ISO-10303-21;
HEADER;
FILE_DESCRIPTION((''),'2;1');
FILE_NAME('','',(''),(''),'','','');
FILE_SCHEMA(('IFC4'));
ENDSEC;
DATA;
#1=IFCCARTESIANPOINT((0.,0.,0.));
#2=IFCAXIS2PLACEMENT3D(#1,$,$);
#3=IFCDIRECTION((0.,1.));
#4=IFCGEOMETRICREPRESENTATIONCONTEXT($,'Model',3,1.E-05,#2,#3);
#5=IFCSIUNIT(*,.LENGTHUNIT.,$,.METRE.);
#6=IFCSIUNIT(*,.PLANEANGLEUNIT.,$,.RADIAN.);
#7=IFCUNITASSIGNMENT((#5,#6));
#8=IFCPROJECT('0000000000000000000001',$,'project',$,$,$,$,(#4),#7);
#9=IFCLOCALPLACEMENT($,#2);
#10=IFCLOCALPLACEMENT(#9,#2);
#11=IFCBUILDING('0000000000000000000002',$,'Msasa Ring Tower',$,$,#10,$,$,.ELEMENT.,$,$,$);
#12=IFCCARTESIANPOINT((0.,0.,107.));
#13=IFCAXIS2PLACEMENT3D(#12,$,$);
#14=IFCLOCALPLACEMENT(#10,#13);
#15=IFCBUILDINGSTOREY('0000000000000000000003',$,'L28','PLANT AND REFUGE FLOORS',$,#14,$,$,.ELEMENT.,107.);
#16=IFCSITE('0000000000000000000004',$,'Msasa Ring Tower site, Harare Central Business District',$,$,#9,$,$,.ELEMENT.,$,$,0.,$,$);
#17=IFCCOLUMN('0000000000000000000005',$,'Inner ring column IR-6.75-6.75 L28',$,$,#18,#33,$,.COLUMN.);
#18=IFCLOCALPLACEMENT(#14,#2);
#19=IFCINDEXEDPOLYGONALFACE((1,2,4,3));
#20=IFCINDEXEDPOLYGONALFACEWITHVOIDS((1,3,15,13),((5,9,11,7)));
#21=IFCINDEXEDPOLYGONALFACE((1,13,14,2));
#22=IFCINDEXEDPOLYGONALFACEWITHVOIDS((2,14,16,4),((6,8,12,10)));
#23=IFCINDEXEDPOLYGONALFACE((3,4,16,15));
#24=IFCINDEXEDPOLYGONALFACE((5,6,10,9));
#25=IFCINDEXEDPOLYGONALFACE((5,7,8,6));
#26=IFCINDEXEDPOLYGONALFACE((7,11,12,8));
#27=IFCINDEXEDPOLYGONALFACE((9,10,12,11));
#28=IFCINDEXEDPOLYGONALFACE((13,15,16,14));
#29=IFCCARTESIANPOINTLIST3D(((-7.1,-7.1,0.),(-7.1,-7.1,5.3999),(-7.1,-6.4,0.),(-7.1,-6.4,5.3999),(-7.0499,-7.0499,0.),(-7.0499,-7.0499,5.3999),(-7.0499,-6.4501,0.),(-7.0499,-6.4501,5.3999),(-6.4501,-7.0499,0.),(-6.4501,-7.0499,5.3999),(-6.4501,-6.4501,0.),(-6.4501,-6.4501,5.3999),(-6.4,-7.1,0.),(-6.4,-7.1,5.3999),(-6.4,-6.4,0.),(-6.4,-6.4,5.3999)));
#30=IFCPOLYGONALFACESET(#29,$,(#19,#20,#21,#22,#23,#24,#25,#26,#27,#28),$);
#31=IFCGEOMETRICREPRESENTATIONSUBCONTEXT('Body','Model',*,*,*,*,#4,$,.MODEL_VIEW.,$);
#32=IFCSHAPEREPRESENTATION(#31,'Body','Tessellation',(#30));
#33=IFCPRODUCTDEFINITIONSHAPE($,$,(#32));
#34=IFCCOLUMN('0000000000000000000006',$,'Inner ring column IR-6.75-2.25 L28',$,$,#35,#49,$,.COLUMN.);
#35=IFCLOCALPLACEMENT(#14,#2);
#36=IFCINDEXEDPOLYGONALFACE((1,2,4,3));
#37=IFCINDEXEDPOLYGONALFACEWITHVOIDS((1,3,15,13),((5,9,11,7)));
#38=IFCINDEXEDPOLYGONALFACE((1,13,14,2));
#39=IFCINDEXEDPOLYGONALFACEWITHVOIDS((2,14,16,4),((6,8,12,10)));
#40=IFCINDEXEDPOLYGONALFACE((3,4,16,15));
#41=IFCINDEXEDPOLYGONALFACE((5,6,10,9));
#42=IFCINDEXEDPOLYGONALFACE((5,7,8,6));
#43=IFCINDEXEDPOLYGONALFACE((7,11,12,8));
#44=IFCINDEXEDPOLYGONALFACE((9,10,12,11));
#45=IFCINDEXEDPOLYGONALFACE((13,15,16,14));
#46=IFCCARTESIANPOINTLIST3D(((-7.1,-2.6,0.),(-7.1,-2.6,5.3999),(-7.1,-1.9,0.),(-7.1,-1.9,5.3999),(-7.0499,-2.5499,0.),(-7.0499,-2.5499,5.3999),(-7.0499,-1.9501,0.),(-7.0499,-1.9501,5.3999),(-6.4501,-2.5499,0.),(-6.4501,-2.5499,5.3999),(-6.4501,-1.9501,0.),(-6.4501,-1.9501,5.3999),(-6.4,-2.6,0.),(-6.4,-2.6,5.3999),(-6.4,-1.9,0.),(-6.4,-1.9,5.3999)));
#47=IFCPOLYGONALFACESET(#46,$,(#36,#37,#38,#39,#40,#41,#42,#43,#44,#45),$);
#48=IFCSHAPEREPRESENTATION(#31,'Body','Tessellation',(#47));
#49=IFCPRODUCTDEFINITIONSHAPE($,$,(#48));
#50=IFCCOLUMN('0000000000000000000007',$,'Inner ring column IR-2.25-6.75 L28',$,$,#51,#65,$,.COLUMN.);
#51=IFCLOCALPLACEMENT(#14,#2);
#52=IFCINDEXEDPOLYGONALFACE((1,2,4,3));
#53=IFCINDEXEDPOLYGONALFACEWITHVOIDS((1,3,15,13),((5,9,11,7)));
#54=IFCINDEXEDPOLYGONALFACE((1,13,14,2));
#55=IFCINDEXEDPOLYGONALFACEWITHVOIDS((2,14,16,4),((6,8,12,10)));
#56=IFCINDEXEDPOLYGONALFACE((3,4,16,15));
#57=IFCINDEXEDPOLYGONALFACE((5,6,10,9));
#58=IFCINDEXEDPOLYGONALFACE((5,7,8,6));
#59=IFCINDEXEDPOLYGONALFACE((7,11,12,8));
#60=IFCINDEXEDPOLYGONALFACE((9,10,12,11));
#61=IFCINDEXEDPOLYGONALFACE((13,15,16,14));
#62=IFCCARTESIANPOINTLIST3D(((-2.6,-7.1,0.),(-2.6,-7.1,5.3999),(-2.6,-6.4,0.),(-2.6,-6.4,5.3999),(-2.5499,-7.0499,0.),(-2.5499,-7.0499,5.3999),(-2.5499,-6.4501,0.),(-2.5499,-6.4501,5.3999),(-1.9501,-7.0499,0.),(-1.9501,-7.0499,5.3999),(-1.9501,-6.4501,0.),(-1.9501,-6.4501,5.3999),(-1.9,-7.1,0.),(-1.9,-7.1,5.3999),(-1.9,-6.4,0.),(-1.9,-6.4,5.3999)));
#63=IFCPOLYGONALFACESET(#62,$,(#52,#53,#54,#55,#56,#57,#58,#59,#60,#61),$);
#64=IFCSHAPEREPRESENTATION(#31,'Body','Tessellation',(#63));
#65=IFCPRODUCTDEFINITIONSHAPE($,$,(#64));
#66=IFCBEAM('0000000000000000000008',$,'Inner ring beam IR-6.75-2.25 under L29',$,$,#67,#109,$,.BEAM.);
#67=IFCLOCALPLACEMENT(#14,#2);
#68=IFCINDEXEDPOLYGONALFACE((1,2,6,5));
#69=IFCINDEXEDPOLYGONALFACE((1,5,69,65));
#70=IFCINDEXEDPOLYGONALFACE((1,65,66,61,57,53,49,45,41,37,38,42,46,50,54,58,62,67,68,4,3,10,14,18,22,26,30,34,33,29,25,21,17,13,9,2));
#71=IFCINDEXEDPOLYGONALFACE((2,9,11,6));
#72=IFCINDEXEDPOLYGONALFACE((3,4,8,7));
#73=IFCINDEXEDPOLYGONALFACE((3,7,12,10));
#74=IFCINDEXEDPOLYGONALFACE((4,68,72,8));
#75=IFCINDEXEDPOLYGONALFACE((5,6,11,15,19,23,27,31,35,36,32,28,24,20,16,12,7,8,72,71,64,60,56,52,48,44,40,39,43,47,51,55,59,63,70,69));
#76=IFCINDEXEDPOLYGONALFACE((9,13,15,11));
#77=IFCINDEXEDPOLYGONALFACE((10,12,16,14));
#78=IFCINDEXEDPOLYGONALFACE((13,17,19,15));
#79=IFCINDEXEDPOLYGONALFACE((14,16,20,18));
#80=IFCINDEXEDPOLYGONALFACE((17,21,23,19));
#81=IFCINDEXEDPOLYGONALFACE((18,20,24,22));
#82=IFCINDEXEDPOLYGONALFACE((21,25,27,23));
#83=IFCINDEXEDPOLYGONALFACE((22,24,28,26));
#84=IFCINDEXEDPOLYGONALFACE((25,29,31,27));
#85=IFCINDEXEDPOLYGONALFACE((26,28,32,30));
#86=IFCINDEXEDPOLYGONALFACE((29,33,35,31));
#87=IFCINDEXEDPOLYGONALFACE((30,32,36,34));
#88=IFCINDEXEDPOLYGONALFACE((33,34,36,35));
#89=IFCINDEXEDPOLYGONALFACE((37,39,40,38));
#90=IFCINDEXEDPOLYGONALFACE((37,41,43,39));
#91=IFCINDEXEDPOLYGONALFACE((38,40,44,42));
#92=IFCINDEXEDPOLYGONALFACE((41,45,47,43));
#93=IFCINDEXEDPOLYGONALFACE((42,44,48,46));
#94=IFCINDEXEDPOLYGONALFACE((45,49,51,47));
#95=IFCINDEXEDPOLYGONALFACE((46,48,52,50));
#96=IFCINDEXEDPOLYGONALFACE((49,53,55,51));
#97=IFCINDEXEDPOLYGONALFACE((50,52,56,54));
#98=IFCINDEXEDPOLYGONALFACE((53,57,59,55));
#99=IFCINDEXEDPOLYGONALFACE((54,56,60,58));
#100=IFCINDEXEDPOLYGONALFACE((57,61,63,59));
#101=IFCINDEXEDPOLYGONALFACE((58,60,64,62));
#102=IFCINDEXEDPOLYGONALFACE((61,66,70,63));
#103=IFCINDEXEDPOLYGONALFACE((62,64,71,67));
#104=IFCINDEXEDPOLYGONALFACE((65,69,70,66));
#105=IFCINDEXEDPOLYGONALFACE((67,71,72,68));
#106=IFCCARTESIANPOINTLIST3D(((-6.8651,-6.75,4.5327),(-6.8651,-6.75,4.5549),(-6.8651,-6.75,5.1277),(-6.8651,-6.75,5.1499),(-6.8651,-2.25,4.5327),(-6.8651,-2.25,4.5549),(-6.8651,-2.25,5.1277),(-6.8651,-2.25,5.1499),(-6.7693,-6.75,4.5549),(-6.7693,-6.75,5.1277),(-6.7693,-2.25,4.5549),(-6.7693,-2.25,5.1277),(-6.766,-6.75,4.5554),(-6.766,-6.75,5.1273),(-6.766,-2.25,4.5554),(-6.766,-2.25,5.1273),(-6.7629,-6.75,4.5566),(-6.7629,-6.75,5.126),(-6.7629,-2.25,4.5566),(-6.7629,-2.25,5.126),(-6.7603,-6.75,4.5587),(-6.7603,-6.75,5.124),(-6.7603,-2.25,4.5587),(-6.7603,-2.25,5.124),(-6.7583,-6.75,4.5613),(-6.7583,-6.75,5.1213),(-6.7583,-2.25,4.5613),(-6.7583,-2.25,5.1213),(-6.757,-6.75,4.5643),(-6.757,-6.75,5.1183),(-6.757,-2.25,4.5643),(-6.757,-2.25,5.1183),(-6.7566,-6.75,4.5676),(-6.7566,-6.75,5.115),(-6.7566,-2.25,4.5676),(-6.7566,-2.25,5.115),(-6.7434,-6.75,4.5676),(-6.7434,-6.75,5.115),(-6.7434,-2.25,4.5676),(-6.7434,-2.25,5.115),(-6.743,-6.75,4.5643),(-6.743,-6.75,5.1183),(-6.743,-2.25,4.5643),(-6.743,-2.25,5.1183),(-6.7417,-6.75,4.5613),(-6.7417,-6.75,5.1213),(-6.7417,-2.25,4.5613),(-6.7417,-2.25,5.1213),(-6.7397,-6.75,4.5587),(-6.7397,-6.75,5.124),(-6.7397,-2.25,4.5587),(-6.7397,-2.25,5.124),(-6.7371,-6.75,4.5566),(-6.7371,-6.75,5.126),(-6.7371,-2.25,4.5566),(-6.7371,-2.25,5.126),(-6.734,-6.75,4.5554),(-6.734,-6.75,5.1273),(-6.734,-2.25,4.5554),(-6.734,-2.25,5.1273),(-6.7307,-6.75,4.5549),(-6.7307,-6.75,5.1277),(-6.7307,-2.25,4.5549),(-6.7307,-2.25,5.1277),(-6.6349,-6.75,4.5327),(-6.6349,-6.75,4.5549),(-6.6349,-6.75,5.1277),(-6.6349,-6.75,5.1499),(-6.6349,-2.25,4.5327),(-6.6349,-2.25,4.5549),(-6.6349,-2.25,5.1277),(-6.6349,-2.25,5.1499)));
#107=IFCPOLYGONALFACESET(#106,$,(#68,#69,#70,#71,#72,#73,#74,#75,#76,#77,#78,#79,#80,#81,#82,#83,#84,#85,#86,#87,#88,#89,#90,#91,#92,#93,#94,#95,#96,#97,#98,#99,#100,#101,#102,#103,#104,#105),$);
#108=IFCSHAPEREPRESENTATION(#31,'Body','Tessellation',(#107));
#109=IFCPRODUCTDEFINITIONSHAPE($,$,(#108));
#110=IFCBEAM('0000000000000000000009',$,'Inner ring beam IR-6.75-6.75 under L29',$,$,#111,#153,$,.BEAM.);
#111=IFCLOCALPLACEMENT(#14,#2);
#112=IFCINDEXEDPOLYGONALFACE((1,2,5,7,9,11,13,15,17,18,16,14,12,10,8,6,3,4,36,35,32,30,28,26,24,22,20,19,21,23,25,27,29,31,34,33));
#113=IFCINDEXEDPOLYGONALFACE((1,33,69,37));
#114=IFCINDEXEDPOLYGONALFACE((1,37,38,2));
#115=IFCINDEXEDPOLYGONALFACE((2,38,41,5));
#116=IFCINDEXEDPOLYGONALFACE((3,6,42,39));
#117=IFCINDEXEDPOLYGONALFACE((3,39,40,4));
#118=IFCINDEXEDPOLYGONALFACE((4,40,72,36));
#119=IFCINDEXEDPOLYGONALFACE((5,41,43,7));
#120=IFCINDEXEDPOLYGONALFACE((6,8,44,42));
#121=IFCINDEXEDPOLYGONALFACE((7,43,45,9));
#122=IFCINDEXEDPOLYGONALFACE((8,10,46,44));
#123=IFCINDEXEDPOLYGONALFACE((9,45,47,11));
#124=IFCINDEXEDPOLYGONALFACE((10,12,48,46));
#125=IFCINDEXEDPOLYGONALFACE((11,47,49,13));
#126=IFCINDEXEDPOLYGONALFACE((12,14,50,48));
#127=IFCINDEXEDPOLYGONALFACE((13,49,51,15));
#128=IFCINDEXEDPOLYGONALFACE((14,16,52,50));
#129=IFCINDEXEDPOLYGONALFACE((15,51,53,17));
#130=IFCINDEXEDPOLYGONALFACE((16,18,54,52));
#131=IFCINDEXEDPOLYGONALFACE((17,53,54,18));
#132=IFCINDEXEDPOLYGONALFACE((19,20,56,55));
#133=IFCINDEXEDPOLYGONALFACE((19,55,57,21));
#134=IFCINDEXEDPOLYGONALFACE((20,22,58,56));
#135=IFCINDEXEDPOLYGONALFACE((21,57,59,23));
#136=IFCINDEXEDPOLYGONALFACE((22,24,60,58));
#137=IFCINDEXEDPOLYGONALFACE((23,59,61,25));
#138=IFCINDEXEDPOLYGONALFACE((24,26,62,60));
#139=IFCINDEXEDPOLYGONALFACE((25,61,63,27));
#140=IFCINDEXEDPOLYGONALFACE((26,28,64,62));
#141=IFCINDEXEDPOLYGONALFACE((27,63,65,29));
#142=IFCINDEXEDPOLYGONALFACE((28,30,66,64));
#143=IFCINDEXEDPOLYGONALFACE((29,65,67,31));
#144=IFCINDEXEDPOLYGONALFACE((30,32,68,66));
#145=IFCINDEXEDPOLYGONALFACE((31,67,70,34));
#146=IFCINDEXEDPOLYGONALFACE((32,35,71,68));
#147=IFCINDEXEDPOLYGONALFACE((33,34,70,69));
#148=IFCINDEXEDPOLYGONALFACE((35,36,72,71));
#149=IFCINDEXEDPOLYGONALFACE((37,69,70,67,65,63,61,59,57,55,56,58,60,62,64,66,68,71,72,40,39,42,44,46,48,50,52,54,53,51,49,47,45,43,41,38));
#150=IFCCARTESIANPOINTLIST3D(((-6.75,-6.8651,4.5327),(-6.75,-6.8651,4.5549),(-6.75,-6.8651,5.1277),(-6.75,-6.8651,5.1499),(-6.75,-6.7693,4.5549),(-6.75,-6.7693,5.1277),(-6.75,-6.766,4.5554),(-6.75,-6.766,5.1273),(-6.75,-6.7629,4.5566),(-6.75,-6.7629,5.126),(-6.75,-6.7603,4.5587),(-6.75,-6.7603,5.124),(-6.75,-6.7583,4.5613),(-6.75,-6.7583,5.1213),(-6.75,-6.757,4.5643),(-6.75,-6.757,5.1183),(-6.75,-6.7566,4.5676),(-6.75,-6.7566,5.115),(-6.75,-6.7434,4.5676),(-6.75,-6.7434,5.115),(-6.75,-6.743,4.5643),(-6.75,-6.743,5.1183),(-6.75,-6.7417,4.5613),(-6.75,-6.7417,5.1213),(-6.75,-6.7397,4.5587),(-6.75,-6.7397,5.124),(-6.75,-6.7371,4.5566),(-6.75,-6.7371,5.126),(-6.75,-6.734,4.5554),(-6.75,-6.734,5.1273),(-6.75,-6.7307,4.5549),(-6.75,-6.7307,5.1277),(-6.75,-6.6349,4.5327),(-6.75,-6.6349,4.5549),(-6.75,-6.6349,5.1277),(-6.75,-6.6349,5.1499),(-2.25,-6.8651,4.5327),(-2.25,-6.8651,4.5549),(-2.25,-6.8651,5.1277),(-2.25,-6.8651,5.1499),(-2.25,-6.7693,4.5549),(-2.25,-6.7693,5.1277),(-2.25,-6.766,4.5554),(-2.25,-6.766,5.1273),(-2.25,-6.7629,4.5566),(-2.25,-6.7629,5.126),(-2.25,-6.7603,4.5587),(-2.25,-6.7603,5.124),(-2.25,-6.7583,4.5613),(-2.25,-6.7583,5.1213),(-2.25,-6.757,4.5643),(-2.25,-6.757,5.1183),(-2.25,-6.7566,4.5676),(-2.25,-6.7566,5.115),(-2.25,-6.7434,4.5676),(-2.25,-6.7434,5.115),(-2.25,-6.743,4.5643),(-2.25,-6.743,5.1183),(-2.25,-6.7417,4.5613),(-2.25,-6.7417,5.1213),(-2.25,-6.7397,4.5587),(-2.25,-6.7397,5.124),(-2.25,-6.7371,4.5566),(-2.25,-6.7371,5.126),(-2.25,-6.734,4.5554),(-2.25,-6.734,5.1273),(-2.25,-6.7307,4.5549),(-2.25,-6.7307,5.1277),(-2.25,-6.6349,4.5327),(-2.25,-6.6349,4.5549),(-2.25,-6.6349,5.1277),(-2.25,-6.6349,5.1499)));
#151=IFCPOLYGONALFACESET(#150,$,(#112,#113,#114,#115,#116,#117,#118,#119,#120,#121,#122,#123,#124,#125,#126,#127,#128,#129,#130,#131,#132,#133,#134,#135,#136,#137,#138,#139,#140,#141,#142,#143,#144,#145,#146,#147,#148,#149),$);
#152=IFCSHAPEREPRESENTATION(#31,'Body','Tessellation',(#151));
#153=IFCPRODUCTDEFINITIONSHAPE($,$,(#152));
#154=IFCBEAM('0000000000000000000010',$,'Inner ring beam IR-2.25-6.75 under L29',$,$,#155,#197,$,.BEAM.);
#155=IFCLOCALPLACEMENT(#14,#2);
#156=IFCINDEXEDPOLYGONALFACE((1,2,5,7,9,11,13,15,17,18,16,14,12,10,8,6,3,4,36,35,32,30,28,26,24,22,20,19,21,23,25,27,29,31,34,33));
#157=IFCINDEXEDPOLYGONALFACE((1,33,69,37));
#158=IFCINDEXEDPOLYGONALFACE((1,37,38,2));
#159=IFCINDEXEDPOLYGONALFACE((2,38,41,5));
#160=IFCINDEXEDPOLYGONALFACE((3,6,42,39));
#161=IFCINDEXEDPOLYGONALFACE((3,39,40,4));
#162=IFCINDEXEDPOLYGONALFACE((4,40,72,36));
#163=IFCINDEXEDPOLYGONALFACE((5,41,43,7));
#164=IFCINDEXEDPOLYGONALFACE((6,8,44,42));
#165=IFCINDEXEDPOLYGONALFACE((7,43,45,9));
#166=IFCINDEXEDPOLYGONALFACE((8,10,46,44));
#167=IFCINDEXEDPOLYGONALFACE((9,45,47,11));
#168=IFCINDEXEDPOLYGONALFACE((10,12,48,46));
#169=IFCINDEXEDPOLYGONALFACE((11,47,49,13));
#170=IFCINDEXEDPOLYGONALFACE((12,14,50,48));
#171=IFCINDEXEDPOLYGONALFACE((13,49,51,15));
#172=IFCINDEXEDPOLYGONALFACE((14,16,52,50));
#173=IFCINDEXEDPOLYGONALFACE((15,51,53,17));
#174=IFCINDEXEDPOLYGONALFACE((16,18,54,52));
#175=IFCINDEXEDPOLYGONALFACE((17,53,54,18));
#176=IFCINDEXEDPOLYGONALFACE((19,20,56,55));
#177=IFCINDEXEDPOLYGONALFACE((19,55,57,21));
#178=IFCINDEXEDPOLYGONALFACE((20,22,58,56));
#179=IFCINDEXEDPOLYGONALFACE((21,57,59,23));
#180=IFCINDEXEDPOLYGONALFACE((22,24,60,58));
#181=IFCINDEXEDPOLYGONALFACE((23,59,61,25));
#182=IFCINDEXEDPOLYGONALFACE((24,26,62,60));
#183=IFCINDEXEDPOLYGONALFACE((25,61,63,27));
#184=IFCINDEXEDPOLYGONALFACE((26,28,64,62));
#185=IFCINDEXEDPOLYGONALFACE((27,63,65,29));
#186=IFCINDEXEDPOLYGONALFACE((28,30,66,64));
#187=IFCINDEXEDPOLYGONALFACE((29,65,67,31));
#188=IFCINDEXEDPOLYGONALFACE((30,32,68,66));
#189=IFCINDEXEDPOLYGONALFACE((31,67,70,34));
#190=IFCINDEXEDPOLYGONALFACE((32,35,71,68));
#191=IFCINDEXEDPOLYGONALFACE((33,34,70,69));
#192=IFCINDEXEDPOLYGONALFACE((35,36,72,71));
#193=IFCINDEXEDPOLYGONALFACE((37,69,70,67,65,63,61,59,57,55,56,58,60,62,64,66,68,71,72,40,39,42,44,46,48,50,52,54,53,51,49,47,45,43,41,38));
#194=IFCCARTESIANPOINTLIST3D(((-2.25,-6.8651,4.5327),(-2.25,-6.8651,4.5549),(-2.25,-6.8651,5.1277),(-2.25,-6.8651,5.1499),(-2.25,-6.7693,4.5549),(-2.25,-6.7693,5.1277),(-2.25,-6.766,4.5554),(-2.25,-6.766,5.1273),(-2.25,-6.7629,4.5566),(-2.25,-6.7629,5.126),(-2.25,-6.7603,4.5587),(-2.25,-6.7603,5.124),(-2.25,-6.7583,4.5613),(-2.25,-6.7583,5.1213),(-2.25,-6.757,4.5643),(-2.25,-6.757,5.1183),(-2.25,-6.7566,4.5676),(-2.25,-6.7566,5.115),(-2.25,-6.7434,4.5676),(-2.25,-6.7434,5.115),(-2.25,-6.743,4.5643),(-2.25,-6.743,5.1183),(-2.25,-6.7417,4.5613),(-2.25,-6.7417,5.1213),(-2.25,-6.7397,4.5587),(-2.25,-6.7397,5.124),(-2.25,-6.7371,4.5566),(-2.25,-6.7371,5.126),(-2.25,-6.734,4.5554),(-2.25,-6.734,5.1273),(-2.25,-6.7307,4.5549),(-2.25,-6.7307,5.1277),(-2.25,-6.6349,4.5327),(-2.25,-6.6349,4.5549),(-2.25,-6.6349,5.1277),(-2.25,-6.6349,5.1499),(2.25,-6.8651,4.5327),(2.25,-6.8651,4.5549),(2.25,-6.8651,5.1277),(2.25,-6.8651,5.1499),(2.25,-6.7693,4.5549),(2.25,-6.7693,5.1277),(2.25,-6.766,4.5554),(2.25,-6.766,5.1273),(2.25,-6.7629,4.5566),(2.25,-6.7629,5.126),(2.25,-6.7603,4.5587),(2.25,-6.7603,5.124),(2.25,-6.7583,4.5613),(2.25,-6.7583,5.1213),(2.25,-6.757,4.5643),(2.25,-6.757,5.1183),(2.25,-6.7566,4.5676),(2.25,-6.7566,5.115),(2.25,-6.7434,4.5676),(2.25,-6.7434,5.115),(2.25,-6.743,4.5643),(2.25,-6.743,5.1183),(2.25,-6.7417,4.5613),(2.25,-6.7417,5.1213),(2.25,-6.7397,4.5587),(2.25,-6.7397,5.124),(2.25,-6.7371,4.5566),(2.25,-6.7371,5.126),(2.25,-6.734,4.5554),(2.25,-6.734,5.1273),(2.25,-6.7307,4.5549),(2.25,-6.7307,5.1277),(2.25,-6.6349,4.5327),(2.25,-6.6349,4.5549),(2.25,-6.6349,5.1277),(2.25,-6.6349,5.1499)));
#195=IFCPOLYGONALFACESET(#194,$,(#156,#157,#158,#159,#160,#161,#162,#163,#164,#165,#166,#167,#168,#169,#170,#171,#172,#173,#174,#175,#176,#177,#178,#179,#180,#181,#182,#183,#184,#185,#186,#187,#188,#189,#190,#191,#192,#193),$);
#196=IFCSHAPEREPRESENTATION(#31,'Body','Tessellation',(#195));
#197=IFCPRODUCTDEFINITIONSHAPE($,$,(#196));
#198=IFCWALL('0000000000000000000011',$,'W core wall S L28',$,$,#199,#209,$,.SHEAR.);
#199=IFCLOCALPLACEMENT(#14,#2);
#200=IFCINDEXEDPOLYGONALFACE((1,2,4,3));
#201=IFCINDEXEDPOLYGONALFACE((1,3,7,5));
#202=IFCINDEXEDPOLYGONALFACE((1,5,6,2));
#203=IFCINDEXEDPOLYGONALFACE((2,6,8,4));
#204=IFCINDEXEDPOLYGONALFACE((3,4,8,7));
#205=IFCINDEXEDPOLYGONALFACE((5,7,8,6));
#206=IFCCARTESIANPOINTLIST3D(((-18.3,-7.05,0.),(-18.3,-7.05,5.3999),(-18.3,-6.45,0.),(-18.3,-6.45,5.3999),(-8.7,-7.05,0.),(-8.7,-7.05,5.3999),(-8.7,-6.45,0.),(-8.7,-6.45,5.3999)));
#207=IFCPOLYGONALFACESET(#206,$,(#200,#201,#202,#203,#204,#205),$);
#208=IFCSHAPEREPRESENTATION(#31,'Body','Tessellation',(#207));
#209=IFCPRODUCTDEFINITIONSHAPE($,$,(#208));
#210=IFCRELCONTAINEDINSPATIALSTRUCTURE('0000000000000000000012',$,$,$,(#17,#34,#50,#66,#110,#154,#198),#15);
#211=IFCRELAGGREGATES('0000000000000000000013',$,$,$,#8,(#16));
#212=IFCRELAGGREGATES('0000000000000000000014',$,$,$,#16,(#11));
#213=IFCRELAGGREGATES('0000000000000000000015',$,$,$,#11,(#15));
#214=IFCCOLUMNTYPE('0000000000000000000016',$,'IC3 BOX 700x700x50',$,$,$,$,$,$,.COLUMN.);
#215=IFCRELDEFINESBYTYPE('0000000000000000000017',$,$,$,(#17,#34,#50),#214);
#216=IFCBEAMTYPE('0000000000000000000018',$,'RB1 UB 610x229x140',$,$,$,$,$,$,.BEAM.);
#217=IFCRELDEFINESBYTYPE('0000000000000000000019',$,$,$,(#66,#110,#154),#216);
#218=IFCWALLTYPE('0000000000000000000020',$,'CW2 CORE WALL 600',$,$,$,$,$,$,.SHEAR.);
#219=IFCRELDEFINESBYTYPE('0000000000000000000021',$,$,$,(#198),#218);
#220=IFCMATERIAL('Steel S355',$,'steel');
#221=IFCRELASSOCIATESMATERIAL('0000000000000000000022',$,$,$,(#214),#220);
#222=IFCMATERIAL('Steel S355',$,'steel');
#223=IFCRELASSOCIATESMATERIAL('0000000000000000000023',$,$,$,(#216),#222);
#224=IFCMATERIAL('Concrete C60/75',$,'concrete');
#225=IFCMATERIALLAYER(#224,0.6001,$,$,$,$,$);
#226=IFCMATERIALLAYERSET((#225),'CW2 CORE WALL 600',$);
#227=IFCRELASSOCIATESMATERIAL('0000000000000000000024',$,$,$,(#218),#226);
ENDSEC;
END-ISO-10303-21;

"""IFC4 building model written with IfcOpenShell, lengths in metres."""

from ifc_helpers import new_model, si_unit, direction, frame, frame_2d, origin, origin_2d, place, context, subcontext, project, spatial, rectangle, hollow_rectangle, i_section, extrude, material, layer, layer_set, material_profile, profile_set, type_object, element, save


model = new_model("IFC4")

# Units and contexts
model_context = context("Model", 3, precision=1e-05, world=origin(), true_north=direction((0.0, 1.0)))
body_context = subcontext(model_context, "Body", "Model", "MODEL_VIEW")
ifc_project = project(units=[si_unit("LENGTHUNIT", "METRE"), si_unit("PLANEANGLEUNIT", "RADIAN")], contexts=[model_context])

# Site, building, storey
site_placement = place(None, origin())
site = spatial("IfcSite", under=ifc_project, at=site_placement, Name="Msasa Ring Tower site, Harare Central Business District", CompositionType="ELEMENT", RefElevation=0.0)
building_placement = place(site_placement, origin())
building = spatial("IfcBuilding", under=site, at=building_placement, Name="Msasa Ring Tower", CompositionType="ELEMENT")
storey_placement = place(building_placement, frame((0.0, 0.0, 107.0)))
storey = spatial("IfcBuildingStorey", under=building, at=storey_placement, Name="L28", Description="PLANT AND REFUGE FLOORS", CompositionType="ELEMENT", Elevation=107.0)

# Columns
ifc_material_1 = material(Name="Steel S355", Category="steel")
ifc_material_profile_1 = material_profile(ifc_material_1, hollow_rectangle(XDim=0.7, YDim=0.7, WallThickness=0.05, at=origin_2d()), Name="BOX 700x700x50")
ifc_profile_set_1 = profile_set([ifc_material_profile_1], Name="Steel S355")
column_type = type_object("IfcColumnType", Name="IC3 BOX 700x700x50", PredefinedType="COLUMN", material=ifc_profile_set_1)
for number, where, z_axis, x_axis, name in (
    (1, (-6.75, -6.75, 0.0), (0.0, 0.0, 1.0), (1.0, 0.0, 0.0), "Inner ring column IR-6.75-6.75 L28"),
    (2, (-6.75, -2.25, 0.0), (0.0, 0.0, 1.0), (1.0, 0.0, 0.0), "Inner ring column IR-6.75-2.25 L28"),
    (3, (-2.25, -6.75, 0.0), (0.0, 0.0, 1.0), (1.0, 0.0, 0.0), "Inner ring column IR-2.25-6.75 L28"),
):
    element("IfcColumn", number, at=place(storey_placement, frame(where, z_axis=z_axis, x_axis=x_axis)), inside=storey, type_object=column_type, Name=name, PredefinedType="COLUMN", context=body_context, shape_type="SweptSolid", body=[
        extrude(hollow_rectangle(XDim=0.7, YDim=0.7, WallThickness=0.05, at=origin_2d()), origin(), (0.0, 0.0, 1.0), 5.3999),
    ])

# Beams
ifc_material_2 = material(Name="Steel S355", Category="steel")
ifc_material_profile_2 = material_profile(ifc_material_2, i_section(OverallWidth=0.2302, OverallDepth=0.6172, WebThickness=0.0132, FlangeThickness=0.0222, FilletRadius=0.0127, at=origin_2d()), Name="UB 610x229x140")
ifc_profile_set_2 = profile_set([ifc_material_profile_2], Name="Steel S355")
beam_type = type_object("IfcBeamType", Name="RB1 UB 610x229x140", PredefinedType="BEAM", material=ifc_profile_set_2)
for number, where, z_axis, x_axis, name in (
    (4, (-6.75, -2.25, 4.8413), (0.0, -1.0, 0.0), (1.0, 0.0, 0.0), "Inner ring beam IR-6.75-2.25 under L29"),
    (5, (-6.75, -6.75, 4.8413), (1.0, 0.0, 0.0), (0.0, 1.0, 0.0), "Inner ring beam IR-6.75-6.75 under L29"),
    (6, (-2.25, -6.75, 4.8413), (1.0, 0.0, 0.0), (0.0, 1.0, 0.0), "Inner ring beam IR-2.25-6.75 under L29"),
):
    element("IfcBeam", number, at=place(storey_placement, frame(where, z_axis=z_axis, x_axis=x_axis)), inside=storey, type_object=beam_type, Name=name, PredefinedType="BEAM", context=body_context, shape_type="SweptSolid", body=[
        extrude(i_section(OverallWidth=0.2302, OverallDepth=0.6172, WebThickness=0.0132, FlangeThickness=0.0222, FilletRadius=0.0127, at=origin_2d()), origin(), (0.0, 0.0, 1.0), 4.5),
    ])

# Wall
ifc_material_3 = material(Name="Concrete C60/75", Category="concrete")
ifc_layer_1 = layer(ifc_material_3, 0.6001)
ifc_layer_set_1 = layer_set([ifc_layer_1], Name="CW2 CORE WALL 600")
wall_type_1 = type_object("IfcWallType", Name="CW2 CORE WALL 600", PredefinedType="SHEAR", material=ifc_layer_set_1)
wall_1_placement = place(storey_placement, frame((-8.7, -6.75, 0.0), z_axis=(0.0, 0.0, 1.0), x_axis=(-1.0, 0.0, 0.0)))
element("IfcWall", 7, at=wall_1_placement, inside=storey, type_object=wall_type_1, Name="W core wall S L28", PredefinedType="SHEAR", context=body_context, shape_type="SweptSolid", body=[
    extrude(rectangle(XDim=9.6001, YDim=0.6001, at=frame_2d((4.8, 0.0))), origin(), (0.0, 0.0, 1.0), 5.3999),
])

save(model, "model.ifc")
